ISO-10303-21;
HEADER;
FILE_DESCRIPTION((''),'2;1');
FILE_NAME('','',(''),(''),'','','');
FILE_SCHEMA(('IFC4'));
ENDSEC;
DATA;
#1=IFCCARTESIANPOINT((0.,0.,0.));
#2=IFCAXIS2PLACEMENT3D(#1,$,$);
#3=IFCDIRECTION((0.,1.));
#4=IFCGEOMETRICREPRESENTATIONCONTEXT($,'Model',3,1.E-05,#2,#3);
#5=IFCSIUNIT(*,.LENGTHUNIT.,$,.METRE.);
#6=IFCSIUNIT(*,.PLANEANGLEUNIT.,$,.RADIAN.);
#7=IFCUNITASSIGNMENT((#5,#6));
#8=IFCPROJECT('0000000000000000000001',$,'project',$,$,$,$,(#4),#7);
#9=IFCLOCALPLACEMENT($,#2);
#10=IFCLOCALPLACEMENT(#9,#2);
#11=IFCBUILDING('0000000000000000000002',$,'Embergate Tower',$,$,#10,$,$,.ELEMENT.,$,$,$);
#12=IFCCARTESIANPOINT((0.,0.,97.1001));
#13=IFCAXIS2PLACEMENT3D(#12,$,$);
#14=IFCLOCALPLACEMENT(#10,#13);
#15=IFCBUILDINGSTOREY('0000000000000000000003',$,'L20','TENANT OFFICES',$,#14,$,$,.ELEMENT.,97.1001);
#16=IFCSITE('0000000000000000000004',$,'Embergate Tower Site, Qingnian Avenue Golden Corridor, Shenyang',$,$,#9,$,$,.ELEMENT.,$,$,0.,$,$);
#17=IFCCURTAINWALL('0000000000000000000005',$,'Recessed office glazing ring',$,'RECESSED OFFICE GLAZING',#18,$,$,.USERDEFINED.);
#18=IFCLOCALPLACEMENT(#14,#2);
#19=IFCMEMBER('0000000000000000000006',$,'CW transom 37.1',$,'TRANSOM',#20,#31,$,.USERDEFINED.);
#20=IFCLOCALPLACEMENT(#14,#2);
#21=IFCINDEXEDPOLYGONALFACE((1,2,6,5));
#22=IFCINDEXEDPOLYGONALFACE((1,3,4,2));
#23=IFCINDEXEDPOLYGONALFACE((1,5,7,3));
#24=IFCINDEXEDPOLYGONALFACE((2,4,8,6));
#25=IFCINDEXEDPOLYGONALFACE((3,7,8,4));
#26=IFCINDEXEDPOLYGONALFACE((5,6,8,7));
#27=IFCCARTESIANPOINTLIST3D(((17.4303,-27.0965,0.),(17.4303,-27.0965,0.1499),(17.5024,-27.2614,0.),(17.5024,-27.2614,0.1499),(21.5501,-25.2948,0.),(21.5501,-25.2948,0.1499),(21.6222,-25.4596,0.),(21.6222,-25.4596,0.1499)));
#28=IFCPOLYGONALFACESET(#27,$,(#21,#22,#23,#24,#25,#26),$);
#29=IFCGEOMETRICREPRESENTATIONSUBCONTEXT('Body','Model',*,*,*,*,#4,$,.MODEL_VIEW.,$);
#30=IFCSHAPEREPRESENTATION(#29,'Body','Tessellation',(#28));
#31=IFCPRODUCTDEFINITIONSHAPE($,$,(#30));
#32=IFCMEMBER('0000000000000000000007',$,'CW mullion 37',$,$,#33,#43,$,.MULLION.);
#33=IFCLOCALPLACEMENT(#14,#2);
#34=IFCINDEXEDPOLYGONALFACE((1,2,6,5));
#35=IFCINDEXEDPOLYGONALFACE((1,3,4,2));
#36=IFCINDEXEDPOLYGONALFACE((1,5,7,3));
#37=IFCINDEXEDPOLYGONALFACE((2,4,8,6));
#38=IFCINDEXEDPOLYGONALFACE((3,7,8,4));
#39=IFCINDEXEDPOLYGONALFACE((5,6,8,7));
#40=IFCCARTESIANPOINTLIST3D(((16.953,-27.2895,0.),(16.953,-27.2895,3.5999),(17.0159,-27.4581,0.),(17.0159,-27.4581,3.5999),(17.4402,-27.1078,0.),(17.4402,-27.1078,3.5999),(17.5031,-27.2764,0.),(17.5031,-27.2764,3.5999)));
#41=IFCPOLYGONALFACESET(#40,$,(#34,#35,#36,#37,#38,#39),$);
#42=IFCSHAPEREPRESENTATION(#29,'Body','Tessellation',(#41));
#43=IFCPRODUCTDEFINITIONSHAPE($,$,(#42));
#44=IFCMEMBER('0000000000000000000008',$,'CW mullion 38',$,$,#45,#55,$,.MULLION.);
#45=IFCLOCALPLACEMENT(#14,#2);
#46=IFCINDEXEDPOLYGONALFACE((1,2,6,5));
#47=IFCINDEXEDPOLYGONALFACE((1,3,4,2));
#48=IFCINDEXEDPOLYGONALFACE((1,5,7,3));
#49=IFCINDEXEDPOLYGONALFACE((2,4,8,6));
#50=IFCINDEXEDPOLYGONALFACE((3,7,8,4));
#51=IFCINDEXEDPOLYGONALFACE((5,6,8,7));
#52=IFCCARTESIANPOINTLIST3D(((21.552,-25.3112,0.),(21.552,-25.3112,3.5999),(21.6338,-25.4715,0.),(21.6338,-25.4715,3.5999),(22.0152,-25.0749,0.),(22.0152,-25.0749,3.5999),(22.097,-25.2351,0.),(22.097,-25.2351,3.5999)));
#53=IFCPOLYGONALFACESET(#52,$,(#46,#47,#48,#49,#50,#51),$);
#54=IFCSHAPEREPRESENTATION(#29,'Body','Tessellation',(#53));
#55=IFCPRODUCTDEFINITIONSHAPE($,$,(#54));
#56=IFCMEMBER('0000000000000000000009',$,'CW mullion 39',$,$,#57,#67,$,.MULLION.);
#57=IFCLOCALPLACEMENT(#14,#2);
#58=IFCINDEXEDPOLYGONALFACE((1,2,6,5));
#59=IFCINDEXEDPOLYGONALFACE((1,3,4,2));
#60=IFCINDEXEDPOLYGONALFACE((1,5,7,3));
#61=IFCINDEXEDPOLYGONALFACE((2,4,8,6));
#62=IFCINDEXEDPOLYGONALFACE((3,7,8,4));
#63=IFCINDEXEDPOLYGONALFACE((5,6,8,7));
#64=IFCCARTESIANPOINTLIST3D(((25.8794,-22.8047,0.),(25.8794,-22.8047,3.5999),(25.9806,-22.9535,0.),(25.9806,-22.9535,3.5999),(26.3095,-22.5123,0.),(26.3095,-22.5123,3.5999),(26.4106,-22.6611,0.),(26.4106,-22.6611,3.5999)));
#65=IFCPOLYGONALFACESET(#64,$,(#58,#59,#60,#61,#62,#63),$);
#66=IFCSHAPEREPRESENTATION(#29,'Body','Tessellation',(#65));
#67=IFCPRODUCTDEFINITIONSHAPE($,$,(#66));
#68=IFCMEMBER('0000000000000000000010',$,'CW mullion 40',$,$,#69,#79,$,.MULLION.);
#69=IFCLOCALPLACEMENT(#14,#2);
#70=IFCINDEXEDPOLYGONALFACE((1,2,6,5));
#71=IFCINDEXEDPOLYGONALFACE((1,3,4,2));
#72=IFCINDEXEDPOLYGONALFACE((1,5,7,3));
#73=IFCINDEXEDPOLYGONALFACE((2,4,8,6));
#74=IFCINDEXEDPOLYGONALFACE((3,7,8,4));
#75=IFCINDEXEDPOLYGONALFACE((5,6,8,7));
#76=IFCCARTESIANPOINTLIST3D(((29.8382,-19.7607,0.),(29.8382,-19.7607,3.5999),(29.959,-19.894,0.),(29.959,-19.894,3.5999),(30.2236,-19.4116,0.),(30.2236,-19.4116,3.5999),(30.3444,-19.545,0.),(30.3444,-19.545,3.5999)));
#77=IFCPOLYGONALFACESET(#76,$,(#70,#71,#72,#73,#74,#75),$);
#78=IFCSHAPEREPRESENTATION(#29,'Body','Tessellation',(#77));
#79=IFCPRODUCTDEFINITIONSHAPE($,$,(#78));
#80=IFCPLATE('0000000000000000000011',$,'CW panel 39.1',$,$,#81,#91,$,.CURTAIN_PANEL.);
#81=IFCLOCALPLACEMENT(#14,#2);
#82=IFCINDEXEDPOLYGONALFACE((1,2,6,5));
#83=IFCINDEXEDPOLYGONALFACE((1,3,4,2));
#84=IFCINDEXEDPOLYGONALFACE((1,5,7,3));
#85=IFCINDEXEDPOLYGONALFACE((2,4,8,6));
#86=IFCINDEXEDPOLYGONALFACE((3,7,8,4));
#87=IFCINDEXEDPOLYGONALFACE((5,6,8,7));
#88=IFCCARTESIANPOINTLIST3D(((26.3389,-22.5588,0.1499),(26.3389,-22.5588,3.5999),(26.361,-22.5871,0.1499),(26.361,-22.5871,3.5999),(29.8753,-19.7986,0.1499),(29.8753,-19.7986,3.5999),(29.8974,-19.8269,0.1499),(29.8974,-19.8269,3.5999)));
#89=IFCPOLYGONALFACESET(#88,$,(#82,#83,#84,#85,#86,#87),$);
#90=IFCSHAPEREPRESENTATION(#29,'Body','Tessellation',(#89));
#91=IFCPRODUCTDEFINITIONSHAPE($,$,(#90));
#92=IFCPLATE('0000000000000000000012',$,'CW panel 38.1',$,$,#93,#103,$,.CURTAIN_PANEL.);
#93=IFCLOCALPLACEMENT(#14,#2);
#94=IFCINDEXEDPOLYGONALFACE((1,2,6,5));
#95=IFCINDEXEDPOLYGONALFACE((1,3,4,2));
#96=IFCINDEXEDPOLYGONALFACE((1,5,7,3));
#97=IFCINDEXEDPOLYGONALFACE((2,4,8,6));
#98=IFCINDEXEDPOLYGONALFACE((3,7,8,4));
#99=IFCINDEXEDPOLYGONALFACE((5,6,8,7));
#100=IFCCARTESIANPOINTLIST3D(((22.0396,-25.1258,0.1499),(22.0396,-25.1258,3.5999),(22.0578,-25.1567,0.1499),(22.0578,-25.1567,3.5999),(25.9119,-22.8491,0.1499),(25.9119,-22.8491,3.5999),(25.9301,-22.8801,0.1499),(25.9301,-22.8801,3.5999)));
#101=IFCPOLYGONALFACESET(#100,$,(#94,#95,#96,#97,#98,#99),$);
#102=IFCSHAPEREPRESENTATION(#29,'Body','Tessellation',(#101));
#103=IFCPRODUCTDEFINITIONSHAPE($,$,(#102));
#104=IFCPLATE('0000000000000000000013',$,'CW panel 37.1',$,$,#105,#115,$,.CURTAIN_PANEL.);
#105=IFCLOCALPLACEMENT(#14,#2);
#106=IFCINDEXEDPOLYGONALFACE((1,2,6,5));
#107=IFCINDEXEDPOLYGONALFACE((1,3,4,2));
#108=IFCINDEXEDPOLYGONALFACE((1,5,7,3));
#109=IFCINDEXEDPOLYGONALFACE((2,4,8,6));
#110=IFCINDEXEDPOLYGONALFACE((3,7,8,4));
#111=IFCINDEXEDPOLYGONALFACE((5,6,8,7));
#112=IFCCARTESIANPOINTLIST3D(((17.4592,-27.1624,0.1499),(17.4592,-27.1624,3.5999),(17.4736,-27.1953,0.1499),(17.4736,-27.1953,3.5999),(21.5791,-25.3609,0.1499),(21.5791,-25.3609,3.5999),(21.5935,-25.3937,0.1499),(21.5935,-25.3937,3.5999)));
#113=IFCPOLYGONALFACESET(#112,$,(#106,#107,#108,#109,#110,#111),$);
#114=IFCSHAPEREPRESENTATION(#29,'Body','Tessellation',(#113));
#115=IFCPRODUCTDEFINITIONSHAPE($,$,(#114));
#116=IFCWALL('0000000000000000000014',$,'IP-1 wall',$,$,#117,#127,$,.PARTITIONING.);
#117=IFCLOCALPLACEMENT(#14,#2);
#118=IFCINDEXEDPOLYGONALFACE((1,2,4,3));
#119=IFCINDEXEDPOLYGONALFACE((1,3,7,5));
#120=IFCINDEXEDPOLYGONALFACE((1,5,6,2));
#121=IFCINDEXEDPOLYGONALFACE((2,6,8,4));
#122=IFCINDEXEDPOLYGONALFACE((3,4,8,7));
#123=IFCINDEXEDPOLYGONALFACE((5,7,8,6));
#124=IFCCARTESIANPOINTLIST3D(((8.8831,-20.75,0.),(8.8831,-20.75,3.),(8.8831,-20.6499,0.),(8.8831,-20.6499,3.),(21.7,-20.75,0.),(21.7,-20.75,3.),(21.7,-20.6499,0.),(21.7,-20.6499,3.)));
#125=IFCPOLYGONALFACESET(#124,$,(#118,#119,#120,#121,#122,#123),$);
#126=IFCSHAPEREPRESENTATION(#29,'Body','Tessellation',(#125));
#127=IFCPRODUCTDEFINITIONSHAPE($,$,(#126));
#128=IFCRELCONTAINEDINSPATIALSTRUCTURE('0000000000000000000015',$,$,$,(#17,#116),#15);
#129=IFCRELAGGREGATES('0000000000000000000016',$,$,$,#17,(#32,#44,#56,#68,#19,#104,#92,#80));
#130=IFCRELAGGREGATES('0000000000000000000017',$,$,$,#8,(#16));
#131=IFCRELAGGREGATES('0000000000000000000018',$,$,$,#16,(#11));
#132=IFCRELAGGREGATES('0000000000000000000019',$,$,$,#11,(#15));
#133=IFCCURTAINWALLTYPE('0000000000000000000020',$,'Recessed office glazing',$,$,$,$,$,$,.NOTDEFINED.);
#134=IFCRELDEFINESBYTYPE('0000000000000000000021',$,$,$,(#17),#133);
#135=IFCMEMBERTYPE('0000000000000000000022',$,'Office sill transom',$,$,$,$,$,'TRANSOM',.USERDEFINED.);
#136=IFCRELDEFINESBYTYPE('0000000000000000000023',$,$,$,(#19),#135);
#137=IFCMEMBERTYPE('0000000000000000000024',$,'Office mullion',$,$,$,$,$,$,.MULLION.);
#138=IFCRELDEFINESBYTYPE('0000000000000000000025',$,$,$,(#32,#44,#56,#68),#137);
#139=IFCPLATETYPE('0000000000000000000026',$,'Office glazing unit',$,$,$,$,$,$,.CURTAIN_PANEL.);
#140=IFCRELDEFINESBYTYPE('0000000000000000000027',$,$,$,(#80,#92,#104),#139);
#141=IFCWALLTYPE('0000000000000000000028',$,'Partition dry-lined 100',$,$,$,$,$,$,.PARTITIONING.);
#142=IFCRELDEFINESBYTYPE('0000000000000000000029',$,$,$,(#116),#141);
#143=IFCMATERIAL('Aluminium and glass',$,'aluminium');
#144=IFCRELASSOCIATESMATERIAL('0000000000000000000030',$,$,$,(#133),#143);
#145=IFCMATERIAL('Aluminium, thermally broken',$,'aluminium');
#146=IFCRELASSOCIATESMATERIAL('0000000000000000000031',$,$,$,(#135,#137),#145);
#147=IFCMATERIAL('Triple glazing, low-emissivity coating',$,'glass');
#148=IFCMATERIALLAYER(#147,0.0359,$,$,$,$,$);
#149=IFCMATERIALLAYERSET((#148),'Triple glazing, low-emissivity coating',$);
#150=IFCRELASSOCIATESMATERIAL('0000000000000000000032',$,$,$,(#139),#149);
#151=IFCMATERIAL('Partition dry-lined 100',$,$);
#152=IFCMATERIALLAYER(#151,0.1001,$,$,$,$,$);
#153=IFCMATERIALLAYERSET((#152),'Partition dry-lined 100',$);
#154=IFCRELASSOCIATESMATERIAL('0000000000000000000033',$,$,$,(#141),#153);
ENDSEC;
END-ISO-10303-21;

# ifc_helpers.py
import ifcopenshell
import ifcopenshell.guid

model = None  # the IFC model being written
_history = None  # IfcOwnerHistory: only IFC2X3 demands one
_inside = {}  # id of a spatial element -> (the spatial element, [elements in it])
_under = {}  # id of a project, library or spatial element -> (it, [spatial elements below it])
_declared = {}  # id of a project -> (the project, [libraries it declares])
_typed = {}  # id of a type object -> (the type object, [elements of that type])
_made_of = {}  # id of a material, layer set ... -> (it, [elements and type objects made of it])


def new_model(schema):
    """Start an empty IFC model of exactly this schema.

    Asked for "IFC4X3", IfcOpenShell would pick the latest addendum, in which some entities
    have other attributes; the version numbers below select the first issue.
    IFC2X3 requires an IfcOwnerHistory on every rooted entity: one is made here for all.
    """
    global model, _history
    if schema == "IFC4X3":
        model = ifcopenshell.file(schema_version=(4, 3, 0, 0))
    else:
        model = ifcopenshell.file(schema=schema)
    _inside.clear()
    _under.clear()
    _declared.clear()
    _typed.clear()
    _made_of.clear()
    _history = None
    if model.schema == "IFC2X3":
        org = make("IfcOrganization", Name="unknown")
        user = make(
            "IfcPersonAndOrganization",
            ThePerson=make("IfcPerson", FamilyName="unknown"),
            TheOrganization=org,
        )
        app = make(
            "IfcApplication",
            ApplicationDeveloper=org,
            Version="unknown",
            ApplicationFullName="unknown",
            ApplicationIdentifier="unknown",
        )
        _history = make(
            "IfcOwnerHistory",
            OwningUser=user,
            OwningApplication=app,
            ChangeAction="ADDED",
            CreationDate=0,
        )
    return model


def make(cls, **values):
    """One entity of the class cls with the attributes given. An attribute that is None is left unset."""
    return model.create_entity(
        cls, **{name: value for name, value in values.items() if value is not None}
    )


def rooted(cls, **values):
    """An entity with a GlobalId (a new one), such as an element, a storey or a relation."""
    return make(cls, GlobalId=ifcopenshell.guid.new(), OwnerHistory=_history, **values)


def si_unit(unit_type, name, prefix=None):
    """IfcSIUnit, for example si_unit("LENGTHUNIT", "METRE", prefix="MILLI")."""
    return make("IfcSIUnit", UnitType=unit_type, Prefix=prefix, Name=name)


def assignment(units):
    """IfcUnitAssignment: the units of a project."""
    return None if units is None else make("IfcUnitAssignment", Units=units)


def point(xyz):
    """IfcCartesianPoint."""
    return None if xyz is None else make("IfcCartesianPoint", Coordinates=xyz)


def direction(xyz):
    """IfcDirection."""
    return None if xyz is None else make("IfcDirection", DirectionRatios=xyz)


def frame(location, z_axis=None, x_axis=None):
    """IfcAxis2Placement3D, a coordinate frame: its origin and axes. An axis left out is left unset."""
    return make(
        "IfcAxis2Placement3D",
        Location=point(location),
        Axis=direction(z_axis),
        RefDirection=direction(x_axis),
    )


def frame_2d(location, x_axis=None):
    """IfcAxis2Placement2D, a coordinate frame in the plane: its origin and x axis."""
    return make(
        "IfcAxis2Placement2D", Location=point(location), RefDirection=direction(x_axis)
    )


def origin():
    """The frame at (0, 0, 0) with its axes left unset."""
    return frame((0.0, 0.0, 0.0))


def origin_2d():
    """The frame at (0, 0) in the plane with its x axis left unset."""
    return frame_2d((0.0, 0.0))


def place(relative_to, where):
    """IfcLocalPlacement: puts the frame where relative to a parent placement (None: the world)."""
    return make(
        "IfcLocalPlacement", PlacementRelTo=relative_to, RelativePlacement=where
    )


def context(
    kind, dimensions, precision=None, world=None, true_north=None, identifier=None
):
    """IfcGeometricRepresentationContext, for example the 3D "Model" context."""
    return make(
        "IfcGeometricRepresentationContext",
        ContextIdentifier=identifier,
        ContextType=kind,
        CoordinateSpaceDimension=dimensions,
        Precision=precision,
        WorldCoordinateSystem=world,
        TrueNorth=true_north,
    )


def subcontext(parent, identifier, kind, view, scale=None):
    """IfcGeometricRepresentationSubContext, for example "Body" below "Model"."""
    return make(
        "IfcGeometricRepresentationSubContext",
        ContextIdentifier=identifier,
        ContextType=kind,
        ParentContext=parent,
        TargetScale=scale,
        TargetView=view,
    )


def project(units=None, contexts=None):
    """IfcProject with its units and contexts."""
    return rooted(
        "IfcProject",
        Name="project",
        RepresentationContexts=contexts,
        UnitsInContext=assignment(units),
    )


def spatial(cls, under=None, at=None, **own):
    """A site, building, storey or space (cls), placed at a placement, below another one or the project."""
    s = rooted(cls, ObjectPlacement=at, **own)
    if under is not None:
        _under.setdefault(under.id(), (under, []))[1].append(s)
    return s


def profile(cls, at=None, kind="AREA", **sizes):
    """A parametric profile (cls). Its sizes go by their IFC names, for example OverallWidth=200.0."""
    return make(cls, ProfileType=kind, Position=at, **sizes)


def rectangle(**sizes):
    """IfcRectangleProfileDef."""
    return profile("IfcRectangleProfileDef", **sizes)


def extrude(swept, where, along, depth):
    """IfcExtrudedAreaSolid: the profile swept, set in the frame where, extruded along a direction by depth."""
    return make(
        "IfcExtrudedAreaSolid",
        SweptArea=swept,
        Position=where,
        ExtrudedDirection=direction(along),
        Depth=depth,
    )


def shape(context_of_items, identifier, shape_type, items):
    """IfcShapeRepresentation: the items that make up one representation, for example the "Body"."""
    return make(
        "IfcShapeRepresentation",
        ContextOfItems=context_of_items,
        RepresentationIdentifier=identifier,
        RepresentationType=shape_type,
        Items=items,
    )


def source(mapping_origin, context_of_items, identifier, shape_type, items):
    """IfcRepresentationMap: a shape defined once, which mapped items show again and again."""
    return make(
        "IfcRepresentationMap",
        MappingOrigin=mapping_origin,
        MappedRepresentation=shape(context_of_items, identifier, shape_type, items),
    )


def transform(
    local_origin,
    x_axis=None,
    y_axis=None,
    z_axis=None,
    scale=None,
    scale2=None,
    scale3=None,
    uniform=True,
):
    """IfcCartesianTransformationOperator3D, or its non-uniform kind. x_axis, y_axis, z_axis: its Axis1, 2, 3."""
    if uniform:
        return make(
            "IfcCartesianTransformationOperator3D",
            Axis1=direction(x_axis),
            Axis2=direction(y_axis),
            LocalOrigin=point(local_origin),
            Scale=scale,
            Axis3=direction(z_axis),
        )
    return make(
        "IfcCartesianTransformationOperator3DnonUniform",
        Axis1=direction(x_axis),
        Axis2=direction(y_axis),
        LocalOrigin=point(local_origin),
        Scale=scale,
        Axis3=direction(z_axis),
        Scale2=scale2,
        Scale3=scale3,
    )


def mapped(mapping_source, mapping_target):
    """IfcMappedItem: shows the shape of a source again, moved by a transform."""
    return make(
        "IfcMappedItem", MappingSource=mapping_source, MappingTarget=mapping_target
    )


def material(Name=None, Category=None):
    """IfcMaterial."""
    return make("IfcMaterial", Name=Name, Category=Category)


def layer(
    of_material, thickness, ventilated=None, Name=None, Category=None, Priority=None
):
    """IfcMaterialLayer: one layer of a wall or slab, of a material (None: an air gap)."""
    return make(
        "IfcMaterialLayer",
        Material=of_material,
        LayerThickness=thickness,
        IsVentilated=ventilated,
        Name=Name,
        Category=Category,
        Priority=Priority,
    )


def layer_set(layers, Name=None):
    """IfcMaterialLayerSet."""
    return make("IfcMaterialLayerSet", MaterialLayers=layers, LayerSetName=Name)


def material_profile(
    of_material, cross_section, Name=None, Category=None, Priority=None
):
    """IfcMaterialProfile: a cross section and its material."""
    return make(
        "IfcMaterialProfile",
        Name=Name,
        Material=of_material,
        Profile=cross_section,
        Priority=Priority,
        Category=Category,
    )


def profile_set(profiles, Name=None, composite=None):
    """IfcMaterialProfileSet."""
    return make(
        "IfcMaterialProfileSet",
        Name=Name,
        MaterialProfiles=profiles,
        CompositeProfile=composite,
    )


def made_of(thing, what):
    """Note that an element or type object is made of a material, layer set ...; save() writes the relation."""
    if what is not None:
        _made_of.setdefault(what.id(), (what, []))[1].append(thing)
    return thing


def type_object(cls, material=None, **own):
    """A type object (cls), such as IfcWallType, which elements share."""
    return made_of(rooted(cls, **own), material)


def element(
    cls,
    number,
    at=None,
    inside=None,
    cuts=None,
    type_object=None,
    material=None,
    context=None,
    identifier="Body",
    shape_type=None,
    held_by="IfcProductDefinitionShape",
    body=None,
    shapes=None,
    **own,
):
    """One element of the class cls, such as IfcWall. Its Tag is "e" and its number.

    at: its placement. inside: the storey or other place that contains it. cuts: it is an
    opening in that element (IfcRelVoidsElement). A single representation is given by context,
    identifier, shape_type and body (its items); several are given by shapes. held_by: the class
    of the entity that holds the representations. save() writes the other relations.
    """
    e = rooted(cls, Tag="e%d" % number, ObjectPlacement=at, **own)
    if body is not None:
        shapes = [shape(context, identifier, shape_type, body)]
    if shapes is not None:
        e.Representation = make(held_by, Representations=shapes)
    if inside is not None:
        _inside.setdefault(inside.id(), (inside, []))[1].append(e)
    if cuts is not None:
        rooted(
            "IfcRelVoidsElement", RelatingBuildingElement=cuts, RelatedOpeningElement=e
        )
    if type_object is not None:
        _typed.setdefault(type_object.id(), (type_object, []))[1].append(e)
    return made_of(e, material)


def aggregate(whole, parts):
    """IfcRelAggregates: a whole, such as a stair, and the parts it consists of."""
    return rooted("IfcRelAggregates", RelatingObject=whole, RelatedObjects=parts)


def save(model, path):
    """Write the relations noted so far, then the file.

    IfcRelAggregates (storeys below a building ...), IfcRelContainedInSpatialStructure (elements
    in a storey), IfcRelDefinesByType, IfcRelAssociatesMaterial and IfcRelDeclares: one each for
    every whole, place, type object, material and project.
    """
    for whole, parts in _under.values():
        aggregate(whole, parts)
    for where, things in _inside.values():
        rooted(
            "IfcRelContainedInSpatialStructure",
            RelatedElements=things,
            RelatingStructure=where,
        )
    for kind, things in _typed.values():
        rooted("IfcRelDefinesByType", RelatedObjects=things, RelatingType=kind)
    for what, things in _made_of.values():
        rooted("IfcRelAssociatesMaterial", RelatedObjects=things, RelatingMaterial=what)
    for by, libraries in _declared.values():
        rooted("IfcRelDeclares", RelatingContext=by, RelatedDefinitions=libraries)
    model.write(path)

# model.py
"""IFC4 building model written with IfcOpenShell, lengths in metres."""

from ifc_helpers import new_model, si_unit, direction, frame, frame_2d, origin, origin_2d, place, context, subcontext, project, spatial, rectangle, extrude, source, transform, mapped, material, layer, layer_set, material_profile, profile_set, type_object, element, aggregate, save


model = new_model("IFC4")

# Units and contexts
model_context = context("Model", 3, precision=1e-05, world=origin(), true_north=direction((0.0, 1.0)))
body_context = subcontext(model_context, "Body", "Model", "MODEL_VIEW")
ifc_project = project(units=[si_unit("LENGTHUNIT", "METRE"), si_unit("PLANEANGLEUNIT", "RADIAN")], contexts=[model_context])

# Site, building, storey
site_placement = place(None, origin())
site = spatial("IfcSite", under=ifc_project, at=site_placement, Name="Embergate Tower Site, Qingnian Avenue Golden Corridor, Shenyang", CompositionType="ELEMENT", RefElevation=0.0)
building_placement = place(site_placement, origin())
building = spatial("IfcBuilding", under=site, at=building_placement, Name="Embergate Tower", CompositionType="ELEMENT")
storey_placement = place(building_placement, frame((0.0, 0.0, 97.1001)))
storey = spatial("IfcBuildingStorey", under=building, at=storey_placement, Name="L20", Description="TENANT OFFICES", CompositionType="ELEMENT", Elevation=97.1001)

# Curtain wall, members, plates
ifc_material_1 = material(Name="Aluminium and glass", Category="aluminium")
curtain_wall_type = type_object("IfcCurtainWallType", Name="Recessed office glazing", PredefinedType="NOTDEFINED", material=ifc_material_1)
curtain_wall_placement = place(storey_placement, origin())
curtain_wall = element("IfcCurtainWall", 1, at=curtain_wall_placement, inside=storey, type_object=curtain_wall_type, Name="Recessed office glazing ring", ObjectType="RECESSED OFFICE GLAZING", PredefinedType="USERDEFINED")
ifc_material_2 = material(Name="Aluminium, thermally broken", Category="aluminium")
ifc_material_profile_1 = material_profile(ifc_material_2, rectangle(XDim=0.1799, YDim=0.1499, at=origin_2d()), Name="AL 150x180")
ifc_profile_set_1 = profile_set([ifc_material_profile_1], Name="Aluminium, thermally broken")
member_type_1 = type_object("IfcMemberType", Name="Office sill transom", ElementType="TRANSOM", PredefinedType="USERDEFINED", material=ifc_profile_set_1)
shared_shape_1 = source(origin(), body_context, "Body", "SweptSolid", [
    extrude(rectangle(XDim=0.1799, YDim=0.1499, at=origin_2d()), origin(), (0.0, 0.0, 1.0), 4.4966),
])
member_1_placement = place(storey_placement, frame((17.4663, -27.179, 0.075), z_axis=(0.916213, 0.400691, 0.0), x_axis=(-0.400691, 0.916213, 0.0)))
member_1 = element("IfcMember", 2, at=member_1_placement, type_object=member_type_1, Name="CW transom 37.1", ObjectType="TRANSOM", PredefinedType="USERDEFINED", context=body_context, shape_type="MappedRepresentation", body=[
    mapped(shared_shape_1, transform((0.0, 0.0, 0.0))),
])
ifc_material_profile_2 = material_profile(ifc_material_2, rectangle(XDim=0.1799, YDim=0.52, at=origin_2d()), Name="AL 520x180")
ifc_profile_set_2 = profile_set([ifc_material_profile_2], Name="Aluminium, thermally broken")
member_type_2 = type_object("IfcMemberType", Name="Office mullion", PredefinedType="MULLION", material=ifc_profile_set_2)
shared_shape_2 = source(origin(), body_context, "Body", "SweptSolid", [
    extrude(rectangle(XDim=0.1799, YDim=0.52, at=origin_2d()), origin(), (0.0, 0.0, 1.0), 3.5999),
])
member_2_placement = place(storey_placement, frame((17.228, -27.283, 0.0), z_axis=(0.0, 0.0, 1.0), x_axis=(-0.349511, 0.936932, 0.0)))
member_2 = element("IfcMember", 3, at=member_2_placement, type_object=member_type_2, Name="CW mullion 37", PredefinedType="MULLION", context=body_context, shape_type="MappedRepresentation", body=[
    mapped(shared_shape_2, transform((0.0, 0.0, 0.0))),
])
member_3_placement = place(storey_placement, frame((21.8245, -25.2732, 0.0), z_axis=(0.0, 0.0, 1.0), x_axis=(-0.454521, 0.890736, 0.0)))
member_3 = element("IfcMember", 4, at=member_3_placement, type_object=member_type_2, Name="CW mullion 38", PredefinedType="MULLION", context=body_context, shape_type="MappedRepresentation", body=[
    mapped(shared_shape_2, transform((0.0, 0.0, 0.0))),
])
member_4_placement = place(storey_placement, frame((26.145, -22.7329, 0.0), z_axis=(0.0, 0.0, 1.0), x_axis=(-0.562229, 0.826981, 0.0)))
member_4 = element("IfcMember", 5, at=member_4_placement, type_object=member_type_2, Name="CW mullion 39", PredefinedType="MULLION", context=body_context, shape_type="MappedRepresentation", body=[
    mapped(shared_shape_2, transform((0.0, 0.0, 0.0))),
])
member_5_placement = place(storey_placement, frame((30.0913, -19.6528, 0.0), z_axis=(0.0, 0.0, 1.0), x_axis=(-0.671239, 0.741241, 0.0)))
member_5 = element("IfcMember", 6, at=member_5_placement, type_object=member_type_2, Name="CW mullion 40", PredefinedType="MULLION", context=body_context, shape_type="MappedRepresentation", body=[
    mapped(shared_shape_2, transform((0.0, 0.0, 0.0))),
])
ifc_material_3 = material(Name="Triple glazing, low-emissivity coating", Category="glass")
ifc_layer_1 = layer(ifc_material_3, 0.0359)
ifc_layer_set_1 = layer_set([ifc_layer_1], Name="Triple glazing, low-emissivity coating")
plate_type = type_object("IfcPlateType", Name="Office glazing unit", PredefinedType="CURTAIN_PANEL", material=ifc_layer_set_1)
shared_shape_3 = source(origin(), body_context, "Body", "SweptSolid", [
    extrude(rectangle(XDim=4.4861, YDim=0.0359, at=origin_2d()), origin(), (0.0, 0.0, 1.0), 3.45),
])
plate_1_placement = place(storey_placement, frame((28.1182, -21.1929, 0.1499), z_axis=(0.0, 0.0, 1.0), x_axis=(0.788313, 0.615275, 0.0)))
plate_1 = element("IfcPlate", 7, at=plate_1_placement, type_object=plate_type, Name="CW panel 39.1", PredefinedType="CURTAIN_PANEL", context=body_context, shape_type="MappedRepresentation", body=[
    mapped(shared_shape_3, transform((0.0, 0.0, 0.0))),
])
shared_shape_4 = source(origin(), body_context, "Body", "SweptSolid", [
    extrude(rectangle(XDim=4.4919, YDim=0.0359, at=origin_2d()), origin(), (0.0, 0.0, 1.0), 3.45),
])
plate_2_placement = place(storey_placement, frame((23.9849, -24.0029, 0.1499), z_axis=(0.0, 0.0, 1.0), x_axis=(0.862048, 0.506827, 0.0)))
plate_2 = element("IfcPlate", 8, at=plate_2_placement, type_object=plate_type, Name="CW panel 38.1", PredefinedType="CURTAIN_PANEL", context=body_context, shape_type="MappedRepresentation", body=[
    mapped(shared_shape_4, transform((0.0, 0.0, 0.0))),
])
shared_shape_5 = source(origin(), body_context, "Body", "SweptSolid", [
    extrude(rectangle(XDim=4.4966, YDim=0.0359, at=origin_2d()), origin(), (0.0, 0.0, 1.0), 3.45),
])
plate_3_placement = place(storey_placement, frame((19.5264, -26.2781, 0.1499), z_axis=(0.0, 0.0, 1.0), x_axis=(0.916233, 0.400646, 0.0)))
plate_3 = element("IfcPlate", 9, at=plate_3_placement, type_object=plate_type, Name="CW panel 37.1", PredefinedType="CURTAIN_PANEL", context=body_context, shape_type="MappedRepresentation", body=[
    mapped(shared_shape_5, transform((0.0, 0.0, 0.0))),
])
aggregate(curtain_wall, [member_2, member_3, member_4, member_5, member_1, plate_3, plate_2, plate_1])

# Wall
ifc_material_4 = material(Name="Partition dry-lined 100")
ifc_layer_2 = layer(ifc_material_4, 0.1001)
ifc_layer_set_2 = layer_set([ifc_layer_2], Name="Partition dry-lined 100")
wall_type = type_object("IfcWallType", Name="Partition dry-lined 100", PredefinedType="PARTITIONING", material=ifc_layer_set_2)
shared_shape_6 = source(origin(), body_context, "Body", "SweptSolid", [
    extrude(rectangle(XDim=12.8169, YDim=0.1001, at=frame_2d((6.4084, 0.0))), origin(), (0.0, 0.0, 1.0), 3.0),
])
wall_placement = place(storey_placement, frame((21.7, -20.7, 0.0), z_axis=(0.0, 0.0, 1.0), x_axis=(-1.0, 0.0, 0.0)))
element("IfcWall", 10, at=wall_placement, inside=storey, type_object=wall_type, Name="IP-1 wall", PredefinedType="PARTITIONING", context=body_context, shape_type="MappedRepresentation", body=[
    mapped(shared_shape_6, transform((0.0, 0.0, 0.0))),
])

save(model, "model.ifc")
